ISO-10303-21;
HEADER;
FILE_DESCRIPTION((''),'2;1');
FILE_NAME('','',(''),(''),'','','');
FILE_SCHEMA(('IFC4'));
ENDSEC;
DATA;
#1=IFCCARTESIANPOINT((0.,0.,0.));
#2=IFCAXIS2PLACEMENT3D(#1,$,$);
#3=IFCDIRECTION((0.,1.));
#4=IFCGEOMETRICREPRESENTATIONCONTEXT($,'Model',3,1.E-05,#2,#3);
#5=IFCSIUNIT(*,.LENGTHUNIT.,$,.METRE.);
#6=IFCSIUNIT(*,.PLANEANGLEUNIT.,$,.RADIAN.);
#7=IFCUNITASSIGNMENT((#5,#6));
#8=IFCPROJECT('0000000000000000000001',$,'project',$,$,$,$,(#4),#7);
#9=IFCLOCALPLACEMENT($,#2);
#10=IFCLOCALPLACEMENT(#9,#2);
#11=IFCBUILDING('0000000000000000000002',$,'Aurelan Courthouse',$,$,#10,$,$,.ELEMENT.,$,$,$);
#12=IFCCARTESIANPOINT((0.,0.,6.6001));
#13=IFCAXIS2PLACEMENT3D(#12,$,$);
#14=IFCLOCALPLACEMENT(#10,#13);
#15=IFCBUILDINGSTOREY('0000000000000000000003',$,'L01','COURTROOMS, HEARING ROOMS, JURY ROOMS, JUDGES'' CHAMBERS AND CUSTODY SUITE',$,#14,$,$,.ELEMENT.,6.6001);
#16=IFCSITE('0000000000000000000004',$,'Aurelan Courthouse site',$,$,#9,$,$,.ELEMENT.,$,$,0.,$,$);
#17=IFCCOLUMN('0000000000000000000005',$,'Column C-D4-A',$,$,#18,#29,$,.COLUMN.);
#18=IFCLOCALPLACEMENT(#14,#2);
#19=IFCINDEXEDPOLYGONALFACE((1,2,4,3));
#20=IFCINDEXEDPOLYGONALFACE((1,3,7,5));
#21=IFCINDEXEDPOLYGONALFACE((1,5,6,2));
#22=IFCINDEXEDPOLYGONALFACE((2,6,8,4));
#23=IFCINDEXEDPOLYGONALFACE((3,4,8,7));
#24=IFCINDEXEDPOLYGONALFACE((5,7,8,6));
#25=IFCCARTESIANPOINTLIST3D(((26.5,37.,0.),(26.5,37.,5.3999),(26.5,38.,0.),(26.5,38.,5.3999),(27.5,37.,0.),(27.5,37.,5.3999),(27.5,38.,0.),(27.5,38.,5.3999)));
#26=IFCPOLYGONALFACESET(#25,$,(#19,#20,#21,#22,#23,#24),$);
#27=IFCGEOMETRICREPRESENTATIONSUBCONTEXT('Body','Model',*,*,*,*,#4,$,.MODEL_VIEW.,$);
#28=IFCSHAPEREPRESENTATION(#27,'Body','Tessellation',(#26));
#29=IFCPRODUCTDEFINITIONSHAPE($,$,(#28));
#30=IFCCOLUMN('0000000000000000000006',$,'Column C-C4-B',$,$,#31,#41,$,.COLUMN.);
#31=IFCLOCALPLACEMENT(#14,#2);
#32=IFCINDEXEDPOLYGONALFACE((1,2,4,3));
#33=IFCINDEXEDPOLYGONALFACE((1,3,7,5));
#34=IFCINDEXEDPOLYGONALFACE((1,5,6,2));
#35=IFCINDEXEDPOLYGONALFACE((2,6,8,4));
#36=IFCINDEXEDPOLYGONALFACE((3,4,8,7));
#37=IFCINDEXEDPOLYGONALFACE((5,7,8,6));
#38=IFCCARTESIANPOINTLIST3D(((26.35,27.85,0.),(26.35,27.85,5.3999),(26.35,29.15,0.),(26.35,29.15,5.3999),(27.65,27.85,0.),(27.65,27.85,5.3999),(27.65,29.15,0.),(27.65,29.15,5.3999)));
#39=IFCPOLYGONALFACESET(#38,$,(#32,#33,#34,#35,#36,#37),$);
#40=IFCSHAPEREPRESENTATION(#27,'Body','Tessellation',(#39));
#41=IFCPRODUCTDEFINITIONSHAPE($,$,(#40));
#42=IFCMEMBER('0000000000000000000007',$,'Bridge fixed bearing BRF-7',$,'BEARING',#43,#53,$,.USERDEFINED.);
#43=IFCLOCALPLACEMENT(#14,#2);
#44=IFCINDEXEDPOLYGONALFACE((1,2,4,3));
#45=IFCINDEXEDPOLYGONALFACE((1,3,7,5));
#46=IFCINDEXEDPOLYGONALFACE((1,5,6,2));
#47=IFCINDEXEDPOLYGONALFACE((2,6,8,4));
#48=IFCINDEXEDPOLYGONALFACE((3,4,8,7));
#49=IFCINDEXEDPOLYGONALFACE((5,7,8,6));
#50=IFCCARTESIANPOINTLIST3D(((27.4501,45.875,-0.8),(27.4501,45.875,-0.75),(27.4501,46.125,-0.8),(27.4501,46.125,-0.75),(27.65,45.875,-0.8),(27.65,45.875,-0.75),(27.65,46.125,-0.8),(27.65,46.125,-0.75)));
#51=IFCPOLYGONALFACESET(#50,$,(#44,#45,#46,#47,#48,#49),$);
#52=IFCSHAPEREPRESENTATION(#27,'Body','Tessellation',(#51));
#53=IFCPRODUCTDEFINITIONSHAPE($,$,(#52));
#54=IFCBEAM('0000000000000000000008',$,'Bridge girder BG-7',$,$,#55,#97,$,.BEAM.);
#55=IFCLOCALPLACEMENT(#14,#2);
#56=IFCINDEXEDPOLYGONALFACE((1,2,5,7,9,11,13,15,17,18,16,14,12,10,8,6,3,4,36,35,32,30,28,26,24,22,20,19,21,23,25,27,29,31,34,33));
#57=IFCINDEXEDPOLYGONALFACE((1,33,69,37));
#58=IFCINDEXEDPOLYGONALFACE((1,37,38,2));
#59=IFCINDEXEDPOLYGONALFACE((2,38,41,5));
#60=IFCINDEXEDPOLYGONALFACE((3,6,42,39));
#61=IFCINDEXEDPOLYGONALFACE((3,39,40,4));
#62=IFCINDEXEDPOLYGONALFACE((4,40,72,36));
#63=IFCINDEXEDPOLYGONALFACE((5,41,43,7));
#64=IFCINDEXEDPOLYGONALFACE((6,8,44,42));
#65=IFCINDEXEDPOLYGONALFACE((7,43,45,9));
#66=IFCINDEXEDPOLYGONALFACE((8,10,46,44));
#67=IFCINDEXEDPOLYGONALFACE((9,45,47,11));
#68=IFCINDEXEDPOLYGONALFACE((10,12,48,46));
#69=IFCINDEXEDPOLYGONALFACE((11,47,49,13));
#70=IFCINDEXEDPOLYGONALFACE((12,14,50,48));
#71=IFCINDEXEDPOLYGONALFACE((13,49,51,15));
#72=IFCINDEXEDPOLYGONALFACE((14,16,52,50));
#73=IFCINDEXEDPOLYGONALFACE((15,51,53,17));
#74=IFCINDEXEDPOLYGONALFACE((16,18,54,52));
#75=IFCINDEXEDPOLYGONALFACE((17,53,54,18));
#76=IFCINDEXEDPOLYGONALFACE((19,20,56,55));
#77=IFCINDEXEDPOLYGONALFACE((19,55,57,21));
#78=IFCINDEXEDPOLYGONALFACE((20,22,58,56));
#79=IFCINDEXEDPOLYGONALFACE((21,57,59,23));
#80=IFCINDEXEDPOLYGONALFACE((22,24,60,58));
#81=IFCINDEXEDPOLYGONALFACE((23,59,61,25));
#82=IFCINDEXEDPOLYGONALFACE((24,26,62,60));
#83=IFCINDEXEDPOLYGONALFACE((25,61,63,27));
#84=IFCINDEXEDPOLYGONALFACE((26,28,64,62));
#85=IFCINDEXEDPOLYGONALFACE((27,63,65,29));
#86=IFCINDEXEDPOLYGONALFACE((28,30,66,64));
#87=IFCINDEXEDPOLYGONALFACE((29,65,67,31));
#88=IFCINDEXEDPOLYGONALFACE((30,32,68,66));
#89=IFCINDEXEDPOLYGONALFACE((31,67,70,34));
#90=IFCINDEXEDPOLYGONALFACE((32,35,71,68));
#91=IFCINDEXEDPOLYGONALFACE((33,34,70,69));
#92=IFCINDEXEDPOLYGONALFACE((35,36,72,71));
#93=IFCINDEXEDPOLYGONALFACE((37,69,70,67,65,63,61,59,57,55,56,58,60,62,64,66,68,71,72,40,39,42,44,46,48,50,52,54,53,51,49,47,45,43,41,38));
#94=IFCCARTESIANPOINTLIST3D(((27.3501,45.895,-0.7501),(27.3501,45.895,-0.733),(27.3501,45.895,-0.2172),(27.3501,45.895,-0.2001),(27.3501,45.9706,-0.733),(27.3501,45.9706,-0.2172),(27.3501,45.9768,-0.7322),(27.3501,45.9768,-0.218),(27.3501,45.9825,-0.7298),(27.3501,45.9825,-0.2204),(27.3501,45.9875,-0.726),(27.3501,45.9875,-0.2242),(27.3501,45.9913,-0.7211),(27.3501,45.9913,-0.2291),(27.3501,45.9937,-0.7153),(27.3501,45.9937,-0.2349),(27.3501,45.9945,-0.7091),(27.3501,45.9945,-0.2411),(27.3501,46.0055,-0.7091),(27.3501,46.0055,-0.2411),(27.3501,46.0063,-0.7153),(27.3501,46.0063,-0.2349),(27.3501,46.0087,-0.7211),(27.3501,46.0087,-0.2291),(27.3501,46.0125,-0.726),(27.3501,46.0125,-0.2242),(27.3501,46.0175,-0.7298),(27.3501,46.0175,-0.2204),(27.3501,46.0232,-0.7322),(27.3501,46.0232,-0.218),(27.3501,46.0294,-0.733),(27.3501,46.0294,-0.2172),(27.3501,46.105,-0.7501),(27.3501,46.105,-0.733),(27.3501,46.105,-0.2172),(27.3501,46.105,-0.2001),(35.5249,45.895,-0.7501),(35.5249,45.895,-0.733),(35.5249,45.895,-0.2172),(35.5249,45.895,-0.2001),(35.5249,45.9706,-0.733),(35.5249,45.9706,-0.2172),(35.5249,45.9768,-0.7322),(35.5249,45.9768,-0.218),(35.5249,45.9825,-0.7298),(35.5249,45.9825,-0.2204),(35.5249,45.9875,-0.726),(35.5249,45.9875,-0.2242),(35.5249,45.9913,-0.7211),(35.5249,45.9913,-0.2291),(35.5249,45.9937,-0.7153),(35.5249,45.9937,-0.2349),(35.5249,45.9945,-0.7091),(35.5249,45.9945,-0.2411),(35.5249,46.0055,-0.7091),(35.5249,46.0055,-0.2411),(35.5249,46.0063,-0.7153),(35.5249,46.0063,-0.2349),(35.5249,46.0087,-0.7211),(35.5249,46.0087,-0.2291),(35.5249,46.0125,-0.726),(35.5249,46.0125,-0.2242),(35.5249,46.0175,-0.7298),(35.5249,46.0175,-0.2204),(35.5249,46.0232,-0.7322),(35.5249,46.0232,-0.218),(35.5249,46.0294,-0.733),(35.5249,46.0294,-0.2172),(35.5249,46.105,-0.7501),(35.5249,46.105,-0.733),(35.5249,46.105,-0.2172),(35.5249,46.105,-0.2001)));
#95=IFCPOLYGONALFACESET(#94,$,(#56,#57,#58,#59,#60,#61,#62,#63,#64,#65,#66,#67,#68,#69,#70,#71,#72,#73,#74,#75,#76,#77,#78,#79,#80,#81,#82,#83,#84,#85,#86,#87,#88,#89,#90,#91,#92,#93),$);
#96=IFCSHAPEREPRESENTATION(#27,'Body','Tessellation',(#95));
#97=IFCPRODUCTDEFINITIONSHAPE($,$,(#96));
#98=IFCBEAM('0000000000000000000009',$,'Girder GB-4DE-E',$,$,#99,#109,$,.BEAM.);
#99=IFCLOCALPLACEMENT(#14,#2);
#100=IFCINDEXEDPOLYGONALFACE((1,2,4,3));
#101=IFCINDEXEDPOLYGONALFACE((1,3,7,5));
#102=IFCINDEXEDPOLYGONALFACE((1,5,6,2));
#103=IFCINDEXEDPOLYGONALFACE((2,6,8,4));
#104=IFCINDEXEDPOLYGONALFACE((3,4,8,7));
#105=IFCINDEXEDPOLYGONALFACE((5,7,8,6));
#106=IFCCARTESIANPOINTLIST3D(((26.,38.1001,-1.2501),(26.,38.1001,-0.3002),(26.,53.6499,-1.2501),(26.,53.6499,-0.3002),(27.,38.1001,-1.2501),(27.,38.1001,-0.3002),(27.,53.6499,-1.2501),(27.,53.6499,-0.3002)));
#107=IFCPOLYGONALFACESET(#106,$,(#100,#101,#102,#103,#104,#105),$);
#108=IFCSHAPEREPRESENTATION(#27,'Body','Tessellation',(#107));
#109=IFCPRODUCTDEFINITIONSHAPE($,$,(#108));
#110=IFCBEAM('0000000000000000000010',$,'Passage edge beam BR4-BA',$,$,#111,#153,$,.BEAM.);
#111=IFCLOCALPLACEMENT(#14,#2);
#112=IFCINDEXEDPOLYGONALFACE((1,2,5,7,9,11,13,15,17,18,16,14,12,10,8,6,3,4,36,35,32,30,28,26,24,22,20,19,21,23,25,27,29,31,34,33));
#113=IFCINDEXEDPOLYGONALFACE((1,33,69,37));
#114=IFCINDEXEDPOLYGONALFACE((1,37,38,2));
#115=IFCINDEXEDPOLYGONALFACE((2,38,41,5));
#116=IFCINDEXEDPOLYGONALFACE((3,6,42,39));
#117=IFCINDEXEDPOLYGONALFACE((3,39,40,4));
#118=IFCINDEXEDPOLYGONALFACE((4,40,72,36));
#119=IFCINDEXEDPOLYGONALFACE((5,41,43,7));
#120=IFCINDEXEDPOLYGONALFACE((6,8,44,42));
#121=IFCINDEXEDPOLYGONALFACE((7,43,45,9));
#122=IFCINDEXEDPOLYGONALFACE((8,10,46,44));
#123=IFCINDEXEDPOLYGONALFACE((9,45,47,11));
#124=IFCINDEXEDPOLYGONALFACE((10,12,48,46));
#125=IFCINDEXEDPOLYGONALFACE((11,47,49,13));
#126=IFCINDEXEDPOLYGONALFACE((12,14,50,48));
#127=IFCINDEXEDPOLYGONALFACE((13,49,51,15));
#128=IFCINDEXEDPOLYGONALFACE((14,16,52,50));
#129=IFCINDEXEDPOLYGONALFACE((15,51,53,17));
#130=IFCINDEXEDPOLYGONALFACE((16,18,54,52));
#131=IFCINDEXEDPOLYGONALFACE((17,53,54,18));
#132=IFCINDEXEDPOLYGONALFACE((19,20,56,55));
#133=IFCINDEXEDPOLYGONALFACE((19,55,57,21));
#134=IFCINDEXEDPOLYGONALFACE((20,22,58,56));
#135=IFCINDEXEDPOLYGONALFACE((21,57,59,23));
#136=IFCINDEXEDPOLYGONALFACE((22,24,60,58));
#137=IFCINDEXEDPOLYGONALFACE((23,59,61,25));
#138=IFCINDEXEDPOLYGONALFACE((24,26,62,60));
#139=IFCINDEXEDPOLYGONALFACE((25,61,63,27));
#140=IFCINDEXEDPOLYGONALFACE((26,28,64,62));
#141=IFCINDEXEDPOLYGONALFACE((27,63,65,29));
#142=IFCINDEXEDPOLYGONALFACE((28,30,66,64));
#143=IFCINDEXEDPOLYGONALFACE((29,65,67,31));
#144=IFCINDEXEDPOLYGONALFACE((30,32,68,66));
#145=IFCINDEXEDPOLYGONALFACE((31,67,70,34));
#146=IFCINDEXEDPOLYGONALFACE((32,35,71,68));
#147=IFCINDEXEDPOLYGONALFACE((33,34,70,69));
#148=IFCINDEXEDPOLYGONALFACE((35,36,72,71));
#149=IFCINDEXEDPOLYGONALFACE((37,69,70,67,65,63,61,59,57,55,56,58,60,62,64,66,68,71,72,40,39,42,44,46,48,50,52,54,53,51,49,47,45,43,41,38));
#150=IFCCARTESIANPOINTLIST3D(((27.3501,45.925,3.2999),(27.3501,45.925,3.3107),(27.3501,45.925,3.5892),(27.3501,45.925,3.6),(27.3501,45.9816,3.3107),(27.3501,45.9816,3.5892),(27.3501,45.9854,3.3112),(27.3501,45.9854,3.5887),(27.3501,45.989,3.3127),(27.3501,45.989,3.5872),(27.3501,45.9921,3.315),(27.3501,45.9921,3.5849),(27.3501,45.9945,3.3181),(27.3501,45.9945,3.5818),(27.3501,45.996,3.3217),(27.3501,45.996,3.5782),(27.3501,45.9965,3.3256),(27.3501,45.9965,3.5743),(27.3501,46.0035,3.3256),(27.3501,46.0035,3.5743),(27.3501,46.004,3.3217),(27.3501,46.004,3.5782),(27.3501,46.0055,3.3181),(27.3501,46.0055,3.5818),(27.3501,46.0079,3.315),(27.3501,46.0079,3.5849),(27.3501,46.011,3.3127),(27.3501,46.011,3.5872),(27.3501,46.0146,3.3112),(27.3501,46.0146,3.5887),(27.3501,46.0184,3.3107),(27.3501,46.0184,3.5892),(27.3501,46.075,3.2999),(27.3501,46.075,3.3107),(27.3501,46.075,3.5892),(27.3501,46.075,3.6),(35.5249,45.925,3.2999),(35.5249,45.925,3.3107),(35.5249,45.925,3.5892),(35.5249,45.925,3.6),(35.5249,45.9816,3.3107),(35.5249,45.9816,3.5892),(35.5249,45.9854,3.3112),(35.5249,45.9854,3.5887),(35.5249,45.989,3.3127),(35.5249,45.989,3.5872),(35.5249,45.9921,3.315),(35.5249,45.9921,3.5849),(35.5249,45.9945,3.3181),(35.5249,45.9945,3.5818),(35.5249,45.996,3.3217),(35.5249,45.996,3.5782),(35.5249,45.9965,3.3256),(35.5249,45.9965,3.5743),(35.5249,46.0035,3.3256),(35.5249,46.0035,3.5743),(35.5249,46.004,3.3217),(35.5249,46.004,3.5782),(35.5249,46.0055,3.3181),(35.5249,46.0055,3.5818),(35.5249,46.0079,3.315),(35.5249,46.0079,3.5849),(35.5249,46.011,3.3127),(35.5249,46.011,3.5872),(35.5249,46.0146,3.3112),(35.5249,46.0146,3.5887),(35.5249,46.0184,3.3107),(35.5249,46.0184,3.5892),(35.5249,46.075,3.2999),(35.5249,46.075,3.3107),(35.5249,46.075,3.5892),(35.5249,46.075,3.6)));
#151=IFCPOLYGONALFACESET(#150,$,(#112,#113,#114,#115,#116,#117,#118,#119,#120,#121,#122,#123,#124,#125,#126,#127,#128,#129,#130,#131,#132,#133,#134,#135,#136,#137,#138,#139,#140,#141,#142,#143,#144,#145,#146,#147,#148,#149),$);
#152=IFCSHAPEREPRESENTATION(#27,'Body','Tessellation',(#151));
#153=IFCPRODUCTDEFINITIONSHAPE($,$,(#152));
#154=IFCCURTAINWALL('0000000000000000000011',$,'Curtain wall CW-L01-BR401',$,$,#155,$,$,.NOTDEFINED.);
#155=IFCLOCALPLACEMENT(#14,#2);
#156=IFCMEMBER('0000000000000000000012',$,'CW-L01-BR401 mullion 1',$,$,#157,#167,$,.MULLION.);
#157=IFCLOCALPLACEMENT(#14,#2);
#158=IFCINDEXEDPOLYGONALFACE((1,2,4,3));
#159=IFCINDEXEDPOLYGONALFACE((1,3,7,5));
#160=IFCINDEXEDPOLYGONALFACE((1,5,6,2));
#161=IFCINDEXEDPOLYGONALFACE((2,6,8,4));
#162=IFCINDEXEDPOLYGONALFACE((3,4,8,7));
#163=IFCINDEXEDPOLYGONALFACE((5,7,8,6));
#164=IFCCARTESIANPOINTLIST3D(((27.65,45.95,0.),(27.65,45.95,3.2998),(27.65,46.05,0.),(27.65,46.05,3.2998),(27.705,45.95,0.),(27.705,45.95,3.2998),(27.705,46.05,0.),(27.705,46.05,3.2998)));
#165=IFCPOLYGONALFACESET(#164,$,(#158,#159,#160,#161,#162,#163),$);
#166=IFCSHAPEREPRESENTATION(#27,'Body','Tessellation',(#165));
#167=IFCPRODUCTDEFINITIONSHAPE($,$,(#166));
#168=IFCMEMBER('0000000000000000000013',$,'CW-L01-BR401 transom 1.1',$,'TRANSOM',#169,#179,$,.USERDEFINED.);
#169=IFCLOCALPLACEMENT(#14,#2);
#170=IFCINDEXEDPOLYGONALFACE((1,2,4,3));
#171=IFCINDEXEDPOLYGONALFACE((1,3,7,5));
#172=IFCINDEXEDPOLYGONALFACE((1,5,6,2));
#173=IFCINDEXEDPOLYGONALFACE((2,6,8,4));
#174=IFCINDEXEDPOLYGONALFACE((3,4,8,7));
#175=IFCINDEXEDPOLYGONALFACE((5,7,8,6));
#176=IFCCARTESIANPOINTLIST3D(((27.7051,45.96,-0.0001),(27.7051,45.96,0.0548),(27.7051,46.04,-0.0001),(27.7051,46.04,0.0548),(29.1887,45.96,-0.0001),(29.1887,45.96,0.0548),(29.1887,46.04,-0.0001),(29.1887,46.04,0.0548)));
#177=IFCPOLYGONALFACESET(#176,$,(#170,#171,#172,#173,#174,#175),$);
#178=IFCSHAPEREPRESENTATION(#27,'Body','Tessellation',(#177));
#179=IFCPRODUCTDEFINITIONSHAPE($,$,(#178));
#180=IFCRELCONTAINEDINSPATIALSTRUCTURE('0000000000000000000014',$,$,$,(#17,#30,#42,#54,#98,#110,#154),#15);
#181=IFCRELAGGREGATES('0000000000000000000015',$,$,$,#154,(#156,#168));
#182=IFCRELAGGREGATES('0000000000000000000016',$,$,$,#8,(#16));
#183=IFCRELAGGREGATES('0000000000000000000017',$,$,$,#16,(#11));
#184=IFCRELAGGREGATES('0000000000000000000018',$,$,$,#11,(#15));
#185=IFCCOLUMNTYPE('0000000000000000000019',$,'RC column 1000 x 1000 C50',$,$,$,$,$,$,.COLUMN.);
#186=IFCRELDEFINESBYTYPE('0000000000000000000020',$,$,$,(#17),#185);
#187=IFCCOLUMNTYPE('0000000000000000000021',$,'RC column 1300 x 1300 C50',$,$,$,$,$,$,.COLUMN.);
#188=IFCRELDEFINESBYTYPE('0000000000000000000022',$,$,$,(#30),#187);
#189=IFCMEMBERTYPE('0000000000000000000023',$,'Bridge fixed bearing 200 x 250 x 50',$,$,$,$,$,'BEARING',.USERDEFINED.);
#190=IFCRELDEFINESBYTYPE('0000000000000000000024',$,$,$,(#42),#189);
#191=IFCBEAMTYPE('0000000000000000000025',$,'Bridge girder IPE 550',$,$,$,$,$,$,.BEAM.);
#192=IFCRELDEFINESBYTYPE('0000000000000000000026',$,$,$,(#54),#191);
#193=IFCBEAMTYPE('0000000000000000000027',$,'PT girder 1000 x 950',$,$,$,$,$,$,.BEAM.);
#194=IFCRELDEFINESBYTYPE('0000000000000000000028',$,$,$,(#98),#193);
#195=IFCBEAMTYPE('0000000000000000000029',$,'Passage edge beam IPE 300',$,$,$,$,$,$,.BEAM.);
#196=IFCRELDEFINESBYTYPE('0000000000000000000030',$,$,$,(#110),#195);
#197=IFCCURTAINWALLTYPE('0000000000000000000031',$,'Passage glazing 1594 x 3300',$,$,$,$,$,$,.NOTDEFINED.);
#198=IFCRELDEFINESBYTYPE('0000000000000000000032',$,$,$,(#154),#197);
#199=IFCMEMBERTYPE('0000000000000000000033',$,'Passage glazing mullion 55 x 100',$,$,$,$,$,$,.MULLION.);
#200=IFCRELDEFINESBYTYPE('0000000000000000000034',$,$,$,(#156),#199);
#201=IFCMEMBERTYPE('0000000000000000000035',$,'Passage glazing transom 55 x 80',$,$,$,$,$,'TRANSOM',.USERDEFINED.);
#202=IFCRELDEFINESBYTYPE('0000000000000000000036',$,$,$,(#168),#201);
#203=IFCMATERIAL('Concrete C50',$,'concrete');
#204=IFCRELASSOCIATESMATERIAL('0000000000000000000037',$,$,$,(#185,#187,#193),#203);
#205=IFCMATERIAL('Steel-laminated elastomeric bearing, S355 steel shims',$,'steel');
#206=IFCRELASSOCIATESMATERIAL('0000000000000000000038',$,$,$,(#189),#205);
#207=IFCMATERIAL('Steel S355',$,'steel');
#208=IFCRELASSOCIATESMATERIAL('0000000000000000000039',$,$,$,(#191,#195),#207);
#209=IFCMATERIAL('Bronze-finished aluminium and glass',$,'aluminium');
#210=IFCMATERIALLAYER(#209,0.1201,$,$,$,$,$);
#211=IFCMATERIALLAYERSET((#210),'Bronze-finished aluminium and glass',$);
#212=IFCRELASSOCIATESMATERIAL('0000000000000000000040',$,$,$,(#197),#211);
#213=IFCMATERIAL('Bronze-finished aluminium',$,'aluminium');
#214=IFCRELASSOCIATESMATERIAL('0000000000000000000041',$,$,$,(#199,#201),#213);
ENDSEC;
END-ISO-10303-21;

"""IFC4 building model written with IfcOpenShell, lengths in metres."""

from ifc_helpers import new_model, si_unit, direction, frame, origin, origin_2d, place, context, subcontext, project, spatial, rectangle, i_section, extrude, material, layer, layer_set, material_profile, profile_set, type_object, element, aggregate, save


model = new_model("IFC4")

# Units and contexts
model_context = context("Model", 3, precision=1e-05, world=origin(), true_north=direction((0.0, 1.0)))
body_context = subcontext(model_context, "Body", "Model", "MODEL_VIEW")
ifc_project = project(units=[si_unit("LENGTHUNIT", "METRE"), si_unit("PLANEANGLEUNIT", "RADIAN")], contexts=[model_context])

# Site, building, storey
site_placement = place(None, origin())
site = spatial("IfcSite", under=ifc_project, at=site_placement, Name="Aurelan Courthouse site", CompositionType="ELEMENT", RefElevation=0.0)
building_placement = place(site_placement, origin())
building = spatial("IfcBuilding", under=site, at=building_placement, Name="Aurelan Courthouse", CompositionType="ELEMENT")
storey_placement = place(building_placement, frame((0.0, 0.0, 6.6001)))
storey = spatial("IfcBuildingStorey", under=building, at=storey_placement, Name="L01", Description="COURTROOMS, HEARING ROOMS, JURY ROOMS, JUDGES' CHAMBERS AND CUSTODY SUITE", CompositionType="ELEMENT", Elevation=6.6001)

# Columns
ifc_material_1 = material(Name="Concrete C50", Category="concrete")
ifc_material_profile_1 = material_profile(ifc_material_1, rectangle(XDim=1.0, YDim=1.0, at=origin_2d()), Name="RC 1000 x 1000")
ifc_profile_set_1 = profile_set([ifc_material_profile_1], Name="Concrete C50")
column_type_1 = type_object("IfcColumnType", Name="RC column 1000 x 1000 C50", PredefinedType="COLUMN", material=ifc_profile_set_1)
column_1_placement = place(storey_placement, frame((27.0, 37.5, 0.0), z_axis=(0.0, 0.0, 1.0), x_axis=(1.0, 0.0, 0.0)))
element("IfcColumn", 1, at=column_1_placement, inside=storey, type_object=column_type_1, Name="Column C-D4-A", PredefinedType="COLUMN", context=body_context, shape_type="SweptSolid", body=[
    extrude(rectangle(XDim=1.0, YDim=1.0, at=origin_2d()), origin(), (0.0, 0.0, 1.0), 5.3999),
])
ifc_material_profile_2 = material_profile(ifc_material_1, rectangle(XDim=1.3, YDim=1.3, at=origin_2d()), Name="RC 1300 x 1300")
ifc_profile_set_2 = profile_set([ifc_material_profile_2], Name="Concrete C50")
column_type_2 = type_object("IfcColumnType", Name="RC column 1300 x 1300 C50", PredefinedType="COLUMN", material=ifc_profile_set_2)
column_2_placement = place(storey_placement, frame((27.0, 28.5, 0.0), z_axis=(0.0, 0.0, 1.0), x_axis=(1.0, 0.0, 0.0)))
element("IfcColumn", 2, at=column_2_placement, inside=storey, type_object=column_type_2, Name="Column C-C4-B", PredefinedType="COLUMN", context=body_context, shape_type="SweptSolid", body=[
    extrude(rectangle(XDim=1.3, YDim=1.3, at=origin_2d()), origin(), (0.0, 0.0, 1.0), 5.3999),
])

# Member
ifc_material_2 = material(Name="Steel-laminated elastomeric bearing, S355 steel shims", Category="steel")
ifc_material_profile_3 = material_profile(ifc_material_2, rectangle(XDim=0.2, YDim=0.25, at=origin_2d()), Name="PL 200 x 250")
ifc_profile_set_3 = profile_set([ifc_material_profile_3], Name="Steel-laminated elastomeric bearing, S355 steel shims")
member_type_1 = type_object("IfcMemberType", Name="Bridge fixed bearing 200 x 250 x 50", ElementType="BEARING", PredefinedType="USERDEFINED", material=ifc_profile_set_3)
member_1_placement = place(storey_placement, frame((27.55, 46.0, -0.8), z_axis=(0.0, 0.0, 1.0), x_axis=(1.0, 0.0, 0.0)))
element("IfcMember", 3, at=member_1_placement, inside=storey, type_object=member_type_1, Name="Bridge fixed bearing BRF-7", ObjectType="BEARING", PredefinedType="USERDEFINED", context=body_context, shape_type="SweptSolid", body=[
    extrude(rectangle(XDim=0.2, YDim=0.25, at=origin_2d()), origin(), (0.0, 0.0, 1.0), 0.05),
])

# Beams
ifc_material_3 = material(Name="Steel S355", Category="steel")
ifc_material_profile_4 = material_profile(ifc_material_3, i_section(OverallWidth=0.21, OverallDepth=0.55, WebThickness=0.011, FlangeThickness=0.0171, FilletRadius=0.0239, at=origin_2d()), Name="IPE 550")
ifc_profile_set_4 = profile_set([ifc_material_profile_4], Name="Steel S355")
beam_type_1 = type_object("IfcBeamType", Name="Bridge girder IPE 550", PredefinedType="BEAM", material=ifc_profile_set_4)
beam_1_placement = place(storey_placement, frame((27.3501, 46.0, -0.4751), z_axis=(1.0, 0.0, 0.0), x_axis=(0.0, 1.0, 0.0)))
element("IfcBeam", 4, at=beam_1_placement, inside=storey, type_object=beam_type_1, Name="Bridge girder BG-7", PredefinedType="BEAM", context=body_context, shape_type="SweptSolid", body=[
    extrude(i_section(OverallWidth=0.21, OverallDepth=0.55, WebThickness=0.011, FlangeThickness=0.0171, FilletRadius=0.0239, at=origin_2d()), origin(), (0.0, 0.0, 1.0), 8.1748),
])
ifc_material_profile_5 = material_profile(ifc_material_1, rectangle(XDim=1.0, YDim=0.95, at=origin_2d()), Name="RC 1000 x 950")
ifc_profile_set_5 = profile_set([ifc_material_profile_5], Name="Concrete C50")
beam_type_2 = type_object("IfcBeamType", Name="PT girder 1000 x 950", PredefinedType="BEAM", material=ifc_profile_set_5)
beam_2_placement = place(storey_placement, frame((26.5, 38.1001, -0.7751), z_axis=(0.0, 1.0, 0.0), x_axis=(-1.0, 0.0, 0.0)))
element("IfcBeam", 5, at=beam_2_placement, inside=storey, type_object=beam_type_2, Name="Girder GB-4DE-E", PredefinedType="BEAM", context=body_context, shape_type="SweptSolid", body=[
    extrude(rectangle(XDim=1.0, YDim=0.95, at=origin_2d()), origin(), (0.0, 0.0, 1.0), 15.5498),
])
ifc_material_profile_6 = material_profile(ifc_material_3, i_section(OverallWidth=0.1499, OverallDepth=0.3, WebThickness=0.0071, FlangeThickness=0.0107, FilletRadius=0.0149, at=origin_2d()), Name="IPE 300")
ifc_profile_set_6 = profile_set([ifc_material_profile_6], Name="Steel S355")
beam_type_3 = type_object("IfcBeamType", Name="Passage edge beam IPE 300", PredefinedType="BEAM", material=ifc_profile_set_6)
beam_3_placement = place(storey_placement, frame((27.3501, 46.0, 3.45), z_axis=(1.0, 0.0, 0.0), x_axis=(0.0, 1.0, 0.0)))
element("IfcBeam", 6, at=beam_3_placement, inside=storey, type_object=beam_type_3, Name="Passage edge beam BR4-BA", PredefinedType="BEAM", context=body_context, shape_type="SweptSolid", body=[
    extrude(i_section(OverallWidth=0.1499, OverallDepth=0.3, WebThickness=0.0071, FlangeThickness=0.0107, FilletRadius=0.0149, at=origin_2d()), origin(), (0.0, 0.0, 1.0), 8.1748),
])

# Curtain wall, members
ifc_material_4 = material(Name="Bronze-finished aluminium and glass", Category="aluminium")
ifc_layer_1 = layer(ifc_material_4, 0.1201)
ifc_layer_set_1 = layer_set([ifc_layer_1], Name="Bronze-finished aluminium and glass")
curtain_wall_type = type_object("IfcCurtainWallType", Name="Passage glazing 1594 x 3300", PredefinedType="NOTDEFINED", material=ifc_layer_set_1)
curtain_wall_placement = place(storey_placement, origin())
curtain_wall = element("IfcCurtainWall", 7, at=curtain_wall_placement, inside=storey, type_object=curtain_wall_type, Name="Curtain wall CW-L01-BR401", PredefinedType="NOTDEFINED")
ifc_material_5 = material(Name="Bronze-finished aluminium", Category="aluminium")
ifc_material_profile_7 = material_profile(ifc_material_5, rectangle(XDim=0.1001, YDim=0.0549, at=origin_2d()), Name="Passage glazing mullion 55 x 100")
ifc_profile_set_7 = profile_set([ifc_material_profile_7], Name="Bronze-finished aluminium")
member_type_2 = type_object("IfcMemberType", Name="Passage glazing mullion 55 x 100", PredefinedType="MULLION", material=ifc_profile_set_7)
member_2_placement = place(storey_placement, frame((27.6775, 46.0, 0.0), z_axis=(0.0, 0.0, 1.0), x_axis=(0.0, 1.0, 0.0)))
member_2 = element("IfcMember", 8, at=member_2_placement, type_object=member_type_2, Name="CW-L01-BR401 mullion 1", PredefinedType="MULLION", context=body_context, shape_type="SweptSolid", body=[
    extrude(rectangle(XDim=0.1001, YDim=0.0549, at=origin_2d()), origin(), (0.0, 0.0, 1.0), 3.2998),
])
ifc_material_profile_8 = material_profile(ifc_material_5, rectangle(XDim=0.0801, YDim=0.0549, at=origin_2d()), Name="Passage glazing transom 55 x 80")
ifc_profile_set_8 = profile_set([ifc_material_profile_8], Name="Bronze-finished aluminium")
member_type_3 = type_object("IfcMemberType", Name="Passage glazing transom 55 x 80", ElementType="TRANSOM", PredefinedType="USERDEFINED", material=ifc_profile_set_8)
member_3_placement = place(storey_placement, frame((27.7051, 46.0, 0.0273), z_axis=(1.0, 0.0, 0.0), x_axis=(0.0, 1.0, 0.0)))
member_3 = element("IfcMember", 9, at=member_3_placement, type_object=member_type_3, Name="CW-L01-BR401 transom 1.1", ObjectType="TRANSOM", PredefinedType="USERDEFINED", context=body_context, shape_type="SweptSolid", body=[
    extrude(rectangle(XDim=0.0801, YDim=0.0549, at=origin_2d()), origin(), (0.0, 0.0, 1.0), 1.4836),
])
aggregate(curtain_wall, [member_2, member_3])

save(model, "model.ifc")
